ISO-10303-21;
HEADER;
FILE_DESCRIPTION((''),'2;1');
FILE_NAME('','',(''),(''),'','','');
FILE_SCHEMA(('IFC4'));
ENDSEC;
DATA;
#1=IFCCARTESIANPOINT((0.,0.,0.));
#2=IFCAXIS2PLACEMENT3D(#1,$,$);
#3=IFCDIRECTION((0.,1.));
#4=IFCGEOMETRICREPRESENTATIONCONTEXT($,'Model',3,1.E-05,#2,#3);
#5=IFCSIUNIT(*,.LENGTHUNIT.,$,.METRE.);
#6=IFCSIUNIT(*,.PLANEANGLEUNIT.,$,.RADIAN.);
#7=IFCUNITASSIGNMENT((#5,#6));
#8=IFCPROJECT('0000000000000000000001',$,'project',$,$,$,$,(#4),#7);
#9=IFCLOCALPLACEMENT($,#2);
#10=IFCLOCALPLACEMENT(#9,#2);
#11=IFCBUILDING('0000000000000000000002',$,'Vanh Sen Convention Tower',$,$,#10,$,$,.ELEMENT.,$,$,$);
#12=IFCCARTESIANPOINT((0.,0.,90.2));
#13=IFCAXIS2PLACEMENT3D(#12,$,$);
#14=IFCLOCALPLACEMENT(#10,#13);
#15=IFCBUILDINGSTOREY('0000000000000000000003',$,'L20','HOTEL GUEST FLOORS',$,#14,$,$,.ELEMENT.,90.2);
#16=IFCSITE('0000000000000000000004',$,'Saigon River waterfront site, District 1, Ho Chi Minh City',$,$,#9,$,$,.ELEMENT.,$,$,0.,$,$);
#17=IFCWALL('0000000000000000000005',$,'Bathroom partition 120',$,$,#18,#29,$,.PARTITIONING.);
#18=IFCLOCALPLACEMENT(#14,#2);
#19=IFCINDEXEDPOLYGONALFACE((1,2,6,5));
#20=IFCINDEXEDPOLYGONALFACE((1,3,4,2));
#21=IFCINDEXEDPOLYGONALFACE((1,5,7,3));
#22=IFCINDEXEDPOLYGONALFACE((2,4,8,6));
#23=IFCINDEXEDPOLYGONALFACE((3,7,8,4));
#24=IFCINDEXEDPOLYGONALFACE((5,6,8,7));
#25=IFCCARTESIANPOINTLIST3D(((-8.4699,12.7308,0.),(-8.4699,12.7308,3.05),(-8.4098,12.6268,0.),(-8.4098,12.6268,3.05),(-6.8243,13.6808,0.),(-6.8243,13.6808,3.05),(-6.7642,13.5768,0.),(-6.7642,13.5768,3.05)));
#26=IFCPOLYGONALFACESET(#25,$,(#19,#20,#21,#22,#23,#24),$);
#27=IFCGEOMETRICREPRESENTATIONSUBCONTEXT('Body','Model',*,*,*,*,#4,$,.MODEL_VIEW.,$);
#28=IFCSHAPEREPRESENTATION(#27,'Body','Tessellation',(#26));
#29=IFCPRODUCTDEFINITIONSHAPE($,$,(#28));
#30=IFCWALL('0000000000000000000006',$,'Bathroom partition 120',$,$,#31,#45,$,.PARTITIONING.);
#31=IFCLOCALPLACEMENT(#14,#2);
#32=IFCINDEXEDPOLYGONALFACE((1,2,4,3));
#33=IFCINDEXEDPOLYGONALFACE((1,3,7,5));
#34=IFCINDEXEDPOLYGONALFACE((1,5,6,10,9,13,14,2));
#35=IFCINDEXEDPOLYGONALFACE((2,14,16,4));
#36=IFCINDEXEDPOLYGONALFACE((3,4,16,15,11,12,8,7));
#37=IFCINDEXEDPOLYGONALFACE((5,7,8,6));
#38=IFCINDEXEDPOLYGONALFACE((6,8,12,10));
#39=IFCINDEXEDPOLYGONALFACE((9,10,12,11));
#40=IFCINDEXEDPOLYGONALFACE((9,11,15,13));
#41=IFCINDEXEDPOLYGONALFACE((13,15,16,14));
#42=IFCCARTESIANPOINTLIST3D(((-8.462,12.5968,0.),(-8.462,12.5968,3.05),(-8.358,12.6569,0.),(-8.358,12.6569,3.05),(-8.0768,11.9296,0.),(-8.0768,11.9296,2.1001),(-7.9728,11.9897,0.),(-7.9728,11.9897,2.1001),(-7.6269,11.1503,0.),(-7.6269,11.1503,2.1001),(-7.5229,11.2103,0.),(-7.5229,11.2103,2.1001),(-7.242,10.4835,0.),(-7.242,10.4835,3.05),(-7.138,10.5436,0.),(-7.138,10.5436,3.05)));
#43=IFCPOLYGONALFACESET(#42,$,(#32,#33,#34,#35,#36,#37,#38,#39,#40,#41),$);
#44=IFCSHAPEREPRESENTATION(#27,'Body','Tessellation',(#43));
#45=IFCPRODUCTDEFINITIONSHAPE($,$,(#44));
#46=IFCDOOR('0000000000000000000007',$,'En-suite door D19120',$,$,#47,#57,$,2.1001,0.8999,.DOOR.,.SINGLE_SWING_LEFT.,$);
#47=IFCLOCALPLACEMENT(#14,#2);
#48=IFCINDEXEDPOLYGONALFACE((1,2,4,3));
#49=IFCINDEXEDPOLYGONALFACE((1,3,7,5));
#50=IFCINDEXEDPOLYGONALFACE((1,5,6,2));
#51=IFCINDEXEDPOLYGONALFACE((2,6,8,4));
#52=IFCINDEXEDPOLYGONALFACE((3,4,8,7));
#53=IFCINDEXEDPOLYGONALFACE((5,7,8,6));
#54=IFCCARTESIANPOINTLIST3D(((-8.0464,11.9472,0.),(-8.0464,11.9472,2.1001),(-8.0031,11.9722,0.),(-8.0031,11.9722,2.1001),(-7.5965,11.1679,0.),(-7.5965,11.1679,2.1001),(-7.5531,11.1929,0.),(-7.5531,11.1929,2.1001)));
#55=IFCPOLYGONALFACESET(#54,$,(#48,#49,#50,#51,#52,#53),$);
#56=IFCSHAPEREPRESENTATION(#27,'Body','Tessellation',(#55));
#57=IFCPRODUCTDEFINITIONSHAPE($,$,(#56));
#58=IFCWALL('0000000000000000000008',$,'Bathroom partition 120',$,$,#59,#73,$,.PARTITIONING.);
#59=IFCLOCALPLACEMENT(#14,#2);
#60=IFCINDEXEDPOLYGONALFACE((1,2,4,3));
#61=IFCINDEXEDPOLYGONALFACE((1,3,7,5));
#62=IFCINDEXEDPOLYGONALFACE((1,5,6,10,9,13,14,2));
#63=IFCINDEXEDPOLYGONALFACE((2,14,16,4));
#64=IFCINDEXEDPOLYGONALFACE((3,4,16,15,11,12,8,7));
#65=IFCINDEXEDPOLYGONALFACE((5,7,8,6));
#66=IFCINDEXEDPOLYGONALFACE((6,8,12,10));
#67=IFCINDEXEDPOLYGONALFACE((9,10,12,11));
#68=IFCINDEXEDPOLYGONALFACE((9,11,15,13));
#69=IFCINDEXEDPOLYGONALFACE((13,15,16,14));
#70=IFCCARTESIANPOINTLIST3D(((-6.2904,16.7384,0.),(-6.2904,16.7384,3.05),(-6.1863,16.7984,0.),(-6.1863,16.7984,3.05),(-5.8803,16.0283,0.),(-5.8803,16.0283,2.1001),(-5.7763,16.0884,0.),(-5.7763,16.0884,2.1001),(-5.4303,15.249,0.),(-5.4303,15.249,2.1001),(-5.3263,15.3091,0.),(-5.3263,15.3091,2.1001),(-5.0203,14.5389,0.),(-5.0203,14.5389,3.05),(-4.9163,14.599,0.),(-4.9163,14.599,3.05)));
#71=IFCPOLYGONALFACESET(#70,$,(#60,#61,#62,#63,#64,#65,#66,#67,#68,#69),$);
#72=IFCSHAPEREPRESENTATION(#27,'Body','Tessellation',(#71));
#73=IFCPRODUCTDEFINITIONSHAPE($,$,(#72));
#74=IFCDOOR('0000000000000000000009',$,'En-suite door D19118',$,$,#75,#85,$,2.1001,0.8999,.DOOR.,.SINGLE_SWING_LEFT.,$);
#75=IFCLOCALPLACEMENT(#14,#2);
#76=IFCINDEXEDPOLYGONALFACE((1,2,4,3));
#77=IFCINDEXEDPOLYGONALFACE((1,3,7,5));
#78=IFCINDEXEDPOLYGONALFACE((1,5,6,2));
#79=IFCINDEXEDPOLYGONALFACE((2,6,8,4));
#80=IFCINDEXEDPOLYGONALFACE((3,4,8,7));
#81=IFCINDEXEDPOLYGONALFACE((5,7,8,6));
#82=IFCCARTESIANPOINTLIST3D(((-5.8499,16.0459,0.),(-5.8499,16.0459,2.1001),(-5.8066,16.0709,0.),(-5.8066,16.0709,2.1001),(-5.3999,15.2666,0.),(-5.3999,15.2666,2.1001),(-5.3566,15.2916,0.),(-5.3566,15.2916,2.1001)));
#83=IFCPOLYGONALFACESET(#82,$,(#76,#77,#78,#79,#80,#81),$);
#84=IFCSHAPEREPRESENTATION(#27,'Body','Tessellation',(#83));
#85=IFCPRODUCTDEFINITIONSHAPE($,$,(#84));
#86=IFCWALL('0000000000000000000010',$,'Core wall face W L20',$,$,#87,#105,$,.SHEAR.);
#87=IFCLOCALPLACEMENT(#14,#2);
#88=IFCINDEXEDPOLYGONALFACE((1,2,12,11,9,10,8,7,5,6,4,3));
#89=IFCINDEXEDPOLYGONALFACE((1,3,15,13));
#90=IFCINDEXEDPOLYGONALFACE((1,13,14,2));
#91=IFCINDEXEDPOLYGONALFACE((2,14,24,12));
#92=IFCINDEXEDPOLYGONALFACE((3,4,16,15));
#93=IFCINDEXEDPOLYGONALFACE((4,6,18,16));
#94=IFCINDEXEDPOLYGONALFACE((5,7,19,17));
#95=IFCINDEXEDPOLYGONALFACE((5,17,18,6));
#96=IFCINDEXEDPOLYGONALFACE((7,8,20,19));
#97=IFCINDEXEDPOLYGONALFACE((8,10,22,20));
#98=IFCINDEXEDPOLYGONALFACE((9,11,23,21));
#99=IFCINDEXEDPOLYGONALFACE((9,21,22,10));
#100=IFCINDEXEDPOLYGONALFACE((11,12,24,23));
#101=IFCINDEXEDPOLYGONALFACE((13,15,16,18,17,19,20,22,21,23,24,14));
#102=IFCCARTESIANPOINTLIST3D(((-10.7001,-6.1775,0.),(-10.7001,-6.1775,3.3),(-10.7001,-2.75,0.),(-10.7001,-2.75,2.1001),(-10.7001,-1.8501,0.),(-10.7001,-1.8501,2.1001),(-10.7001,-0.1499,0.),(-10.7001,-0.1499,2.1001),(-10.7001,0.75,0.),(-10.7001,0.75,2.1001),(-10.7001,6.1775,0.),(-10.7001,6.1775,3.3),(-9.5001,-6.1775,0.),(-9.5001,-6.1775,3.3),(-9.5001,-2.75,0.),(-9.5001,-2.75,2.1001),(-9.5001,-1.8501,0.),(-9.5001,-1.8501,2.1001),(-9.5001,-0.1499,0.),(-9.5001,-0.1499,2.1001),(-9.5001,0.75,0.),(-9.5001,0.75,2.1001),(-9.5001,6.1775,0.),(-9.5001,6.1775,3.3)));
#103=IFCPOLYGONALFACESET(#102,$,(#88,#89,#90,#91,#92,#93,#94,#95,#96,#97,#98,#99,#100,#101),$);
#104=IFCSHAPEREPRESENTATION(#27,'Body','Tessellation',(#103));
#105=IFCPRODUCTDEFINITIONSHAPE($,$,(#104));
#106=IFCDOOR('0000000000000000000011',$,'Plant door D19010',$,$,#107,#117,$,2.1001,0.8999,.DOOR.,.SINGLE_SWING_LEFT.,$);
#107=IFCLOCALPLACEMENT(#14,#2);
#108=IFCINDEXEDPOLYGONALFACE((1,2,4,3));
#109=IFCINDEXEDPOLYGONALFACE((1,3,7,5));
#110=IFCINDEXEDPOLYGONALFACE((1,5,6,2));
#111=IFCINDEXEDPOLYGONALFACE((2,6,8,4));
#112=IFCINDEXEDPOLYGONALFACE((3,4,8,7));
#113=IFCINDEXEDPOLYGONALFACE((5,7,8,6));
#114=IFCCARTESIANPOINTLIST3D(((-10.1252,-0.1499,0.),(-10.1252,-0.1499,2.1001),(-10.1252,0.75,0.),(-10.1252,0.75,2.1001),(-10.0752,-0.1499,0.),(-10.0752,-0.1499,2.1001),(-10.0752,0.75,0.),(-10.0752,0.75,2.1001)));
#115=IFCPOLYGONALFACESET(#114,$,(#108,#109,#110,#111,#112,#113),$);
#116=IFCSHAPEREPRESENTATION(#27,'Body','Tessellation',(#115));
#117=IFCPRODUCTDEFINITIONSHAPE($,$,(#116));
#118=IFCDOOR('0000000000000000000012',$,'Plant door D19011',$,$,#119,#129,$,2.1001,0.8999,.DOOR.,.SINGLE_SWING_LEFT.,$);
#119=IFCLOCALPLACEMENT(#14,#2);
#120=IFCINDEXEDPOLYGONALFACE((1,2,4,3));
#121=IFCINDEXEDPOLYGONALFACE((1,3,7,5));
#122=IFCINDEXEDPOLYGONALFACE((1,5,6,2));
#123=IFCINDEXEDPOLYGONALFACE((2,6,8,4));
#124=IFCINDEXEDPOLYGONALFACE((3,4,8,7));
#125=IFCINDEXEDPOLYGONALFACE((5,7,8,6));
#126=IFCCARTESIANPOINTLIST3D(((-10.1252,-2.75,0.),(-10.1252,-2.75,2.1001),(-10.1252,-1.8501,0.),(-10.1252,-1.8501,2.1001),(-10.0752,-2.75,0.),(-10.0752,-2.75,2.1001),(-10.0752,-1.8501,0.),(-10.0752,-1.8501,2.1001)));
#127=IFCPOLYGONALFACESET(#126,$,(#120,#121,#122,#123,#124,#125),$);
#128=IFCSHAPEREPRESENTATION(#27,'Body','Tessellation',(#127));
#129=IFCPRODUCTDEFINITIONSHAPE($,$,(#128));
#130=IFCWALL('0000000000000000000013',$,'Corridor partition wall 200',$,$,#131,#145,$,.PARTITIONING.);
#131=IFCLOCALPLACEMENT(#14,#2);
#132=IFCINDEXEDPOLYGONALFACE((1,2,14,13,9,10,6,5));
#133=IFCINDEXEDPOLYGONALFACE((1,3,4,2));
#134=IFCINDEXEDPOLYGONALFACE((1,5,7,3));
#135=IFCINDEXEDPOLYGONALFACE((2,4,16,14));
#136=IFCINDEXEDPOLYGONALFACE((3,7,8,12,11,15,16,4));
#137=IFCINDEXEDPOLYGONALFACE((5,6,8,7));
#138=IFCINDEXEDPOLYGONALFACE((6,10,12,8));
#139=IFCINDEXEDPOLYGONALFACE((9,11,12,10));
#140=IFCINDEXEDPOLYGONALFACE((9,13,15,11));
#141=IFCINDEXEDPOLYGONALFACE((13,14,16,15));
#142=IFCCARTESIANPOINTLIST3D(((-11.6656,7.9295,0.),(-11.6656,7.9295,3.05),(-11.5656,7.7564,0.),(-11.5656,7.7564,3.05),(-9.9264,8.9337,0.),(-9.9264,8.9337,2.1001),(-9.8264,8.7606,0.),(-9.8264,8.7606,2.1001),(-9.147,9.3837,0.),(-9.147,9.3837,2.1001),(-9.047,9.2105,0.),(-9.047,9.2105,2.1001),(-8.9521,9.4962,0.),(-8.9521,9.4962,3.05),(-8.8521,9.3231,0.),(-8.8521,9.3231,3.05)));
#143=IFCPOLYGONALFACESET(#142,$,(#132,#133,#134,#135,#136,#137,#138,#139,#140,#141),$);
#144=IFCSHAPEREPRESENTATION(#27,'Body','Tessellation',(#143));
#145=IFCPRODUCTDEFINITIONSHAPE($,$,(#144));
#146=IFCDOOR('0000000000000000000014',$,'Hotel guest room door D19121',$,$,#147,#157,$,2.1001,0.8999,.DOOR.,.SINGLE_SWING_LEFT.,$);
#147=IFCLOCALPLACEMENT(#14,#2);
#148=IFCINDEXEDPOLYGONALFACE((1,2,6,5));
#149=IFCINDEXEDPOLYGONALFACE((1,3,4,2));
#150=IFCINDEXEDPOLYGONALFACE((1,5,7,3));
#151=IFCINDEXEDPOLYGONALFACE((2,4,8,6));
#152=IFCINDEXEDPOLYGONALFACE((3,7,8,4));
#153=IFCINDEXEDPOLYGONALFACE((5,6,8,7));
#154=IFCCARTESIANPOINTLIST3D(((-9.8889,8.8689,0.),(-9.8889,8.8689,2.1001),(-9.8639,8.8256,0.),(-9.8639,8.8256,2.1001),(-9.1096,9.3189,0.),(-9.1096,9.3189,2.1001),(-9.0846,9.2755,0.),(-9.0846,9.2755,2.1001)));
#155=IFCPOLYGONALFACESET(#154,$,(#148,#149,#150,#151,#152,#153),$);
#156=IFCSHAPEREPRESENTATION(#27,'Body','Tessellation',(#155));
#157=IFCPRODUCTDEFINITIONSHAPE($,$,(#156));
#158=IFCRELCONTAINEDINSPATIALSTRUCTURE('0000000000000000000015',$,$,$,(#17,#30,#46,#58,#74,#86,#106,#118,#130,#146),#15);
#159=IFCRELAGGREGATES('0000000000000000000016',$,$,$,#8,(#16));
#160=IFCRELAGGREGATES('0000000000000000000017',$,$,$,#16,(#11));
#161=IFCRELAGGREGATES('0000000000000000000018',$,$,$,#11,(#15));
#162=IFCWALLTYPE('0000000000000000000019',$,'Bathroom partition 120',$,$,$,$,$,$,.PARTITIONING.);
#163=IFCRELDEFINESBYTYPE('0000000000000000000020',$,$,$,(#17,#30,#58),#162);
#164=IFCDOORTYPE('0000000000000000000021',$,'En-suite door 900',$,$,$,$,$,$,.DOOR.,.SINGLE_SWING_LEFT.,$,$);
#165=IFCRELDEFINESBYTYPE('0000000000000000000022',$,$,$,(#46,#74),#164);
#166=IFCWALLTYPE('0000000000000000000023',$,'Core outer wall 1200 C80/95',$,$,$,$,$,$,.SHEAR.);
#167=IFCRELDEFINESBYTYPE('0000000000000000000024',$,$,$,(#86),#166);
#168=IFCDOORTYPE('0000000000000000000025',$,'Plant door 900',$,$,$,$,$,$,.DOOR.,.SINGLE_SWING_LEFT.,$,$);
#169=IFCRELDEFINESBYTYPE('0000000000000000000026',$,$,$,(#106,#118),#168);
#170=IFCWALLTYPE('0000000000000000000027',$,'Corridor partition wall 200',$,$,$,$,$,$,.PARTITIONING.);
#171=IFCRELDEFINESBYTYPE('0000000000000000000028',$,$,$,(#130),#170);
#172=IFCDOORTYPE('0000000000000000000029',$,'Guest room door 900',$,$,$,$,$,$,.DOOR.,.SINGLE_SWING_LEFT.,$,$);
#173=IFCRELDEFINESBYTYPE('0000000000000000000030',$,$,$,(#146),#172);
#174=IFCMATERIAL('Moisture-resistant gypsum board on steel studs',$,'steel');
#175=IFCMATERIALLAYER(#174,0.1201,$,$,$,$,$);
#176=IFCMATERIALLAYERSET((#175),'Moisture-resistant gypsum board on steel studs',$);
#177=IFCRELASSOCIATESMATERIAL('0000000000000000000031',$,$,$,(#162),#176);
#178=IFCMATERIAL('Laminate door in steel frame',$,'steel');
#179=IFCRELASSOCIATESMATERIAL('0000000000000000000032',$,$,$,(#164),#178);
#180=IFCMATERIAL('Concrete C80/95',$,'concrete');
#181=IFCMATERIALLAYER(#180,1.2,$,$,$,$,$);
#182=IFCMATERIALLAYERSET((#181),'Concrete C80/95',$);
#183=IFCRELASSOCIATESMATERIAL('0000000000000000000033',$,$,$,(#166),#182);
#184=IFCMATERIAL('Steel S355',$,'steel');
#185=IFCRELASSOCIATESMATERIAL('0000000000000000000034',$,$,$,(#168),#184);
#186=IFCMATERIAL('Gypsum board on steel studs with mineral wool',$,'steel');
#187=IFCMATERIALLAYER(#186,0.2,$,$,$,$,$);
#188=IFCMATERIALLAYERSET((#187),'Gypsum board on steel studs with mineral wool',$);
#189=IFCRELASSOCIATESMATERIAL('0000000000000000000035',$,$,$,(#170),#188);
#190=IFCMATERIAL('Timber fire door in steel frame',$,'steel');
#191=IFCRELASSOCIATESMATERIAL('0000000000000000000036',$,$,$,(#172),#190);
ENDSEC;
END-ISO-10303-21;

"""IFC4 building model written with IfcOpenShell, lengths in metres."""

from ifc_helpers import new_model, si_unit, direction, frame, frame_2d, origin, place, context, subcontext, project, spatial, rectangle, extrude, material, layer, layer_set, type_object, element, fill, save


model = new_model("IFC4")

# Units and contexts
model_context = context("Model", 3, precision=1e-05, world=origin(), true_north=direction((0.0, 1.0)))
body_context = subcontext(model_context, "Body", "Model", "MODEL_VIEW")
ifc_project = project(units=[si_unit("LENGTHUNIT", "METRE"), si_unit("PLANEANGLEUNIT", "RADIAN")], contexts=[model_context])

# Site, building, storey
site_placement = place(None, origin())
site = spatial("IfcSite", under=ifc_project, at=site_placement, Name="Saigon River waterfront site, District 1, Ho Chi Minh City", CompositionType="ELEMENT", RefElevation=0.0)
building_placement = place(site_placement, origin())
building = spatial("IfcBuilding", under=site, at=building_placement, Name="Vanh Sen Convention Tower", CompositionType="ELEMENT")
storey_placement = place(building_placement, frame((0.0, 0.0, 90.2)))
storey = spatial("IfcBuildingStorey", under=building, at=storey_placement, Name="L20", Description="HOTEL GUEST FLOORS", CompositionType="ELEMENT", Elevation=90.2)

# Wall
ifc_material_1 = material(Name="Moisture-resistant gypsum board on steel studs", Category="steel")
ifc_layer_1 = layer(ifc_material_1, 0.1201)
ifc_layer_set_1 = layer_set([ifc_layer_1], Name="Moisture-resistant gypsum board on steel studs")
wall_type_1 = type_object("IfcWallType", Name="Bathroom partition 120", PredefinedType="PARTITIONING", material=ifc_layer_set_1)
wall_1_placement = place(storey_placement, frame((-8.4399, 12.6787, 0.0), z_axis=(0.0, 0.0, 1.0), x_axis=(0.866044, 0.499967, 0.0)))
element("IfcWall", 1, at=wall_1_placement, inside=storey, type_object=wall_type_1, Name="Bathroom partition 120", PredefinedType="PARTITIONING", context=body_context, shape_type="SweptSolid", body=[
    extrude(rectangle(XDim=1.9001, YDim=0.1201, at=frame_2d((0.9502, 0.0))), origin(), (0.0, 0.0, 1.0), 3.05),
])

# Walls, openings, doors
wall_2_placement = place(storey_placement, frame((-7.1899, 10.5134, 0.0), z_axis=(0.0, 0.0, 1.0), x_axis=(-0.499959, 0.866049, 0.0)))
wall_2 = element("IfcWall", 2, at=wall_2_placement, inside=storey, type_object=wall_type_1, Name="Bathroom partition 120", PredefinedType="PARTITIONING", context=body_context, shape_type="SweptSolid", body=[
    extrude(rectangle(XDim=2.4402, YDim=0.1201, at=frame_2d((1.2202, 0.0))), origin(), (0.0, 0.0, 1.0), 3.05),
])
opening_1_placement = place(wall_2_placement, frame((0.77, 0.0, 0.0)))
opening_1 = element("IfcOpeningElement", 3, at=opening_1_placement, cuts=wall_2, PredefinedType="OPENING", context=body_context, shape_type="SweptSolid", body=[
    extrude(rectangle(XDim=0.8999, YDim=2.1001, at=frame_2d((0.45, 1.05))), frame((0.0, 0.0701, 0.0), z_axis=(0.0, -1.0, 0.0), x_axis=(1.0, 0.0, 0.0)), (0.0, 0.0, 1.0), 0.1401),
])
ifc_material_2 = material(Name="Laminate door in steel frame", Category="steel")
door_type_1 = type_object("IfcDoorType", Name="En-suite door 900", OperationType="SINGLE_SWING_LEFT", PredefinedType="DOOR", material=ifc_material_2)
door_1_placement = place(opening_1_placement, origin())
door_1 = element("IfcDoor", 4, at=door_1_placement, inside=storey, type_object=door_type_1, Name="En-suite door D19120", OperationType="SINGLE_SWING_LEFT", OverallHeight=2.1001, OverallWidth=0.8999, PredefinedType="DOOR", context=body_context, shape_type="SweptSolid", body=[
    extrude(rectangle(XDim=0.8999, YDim=2.1001, at=frame_2d((0.45, 1.05))), frame((0.0, 0.0249, 0.0), z_axis=(0.0, -1.0, 0.0), x_axis=(1.0, 0.0, 0.0)), (0.0, 0.0, 1.0), 0.05),
])
fill(opening_1, door_1)
wall_3_placement = place(storey_placement, frame((-4.9683, 14.5688, 0.0), z_axis=(0.0, 0.0, 1.0), x_axis=(-0.500047, 0.865998, 0.0)))
wall_3 = element("IfcWall", 5, at=wall_3_placement, inside=storey, type_object=wall_type_1, Name="Bathroom partition 120", PredefinedType="PARTITIONING", context=body_context, shape_type="SweptSolid", body=[
    extrude(rectangle(XDim=2.5398, YDim=0.1201, at=frame_2d((1.27, 0.0))), origin(), (0.0, 0.0, 1.0), 3.05),
])
opening_2_placement = place(wall_3_placement, frame((0.8201, 0.0, 0.0)))
opening_2 = element("IfcOpeningElement", 6, at=opening_2_placement, cuts=wall_3, PredefinedType="OPENING", context=body_context, shape_type="SweptSolid", body=[
    extrude(rectangle(XDim=0.8999, YDim=2.1001, at=frame_2d((0.45, 1.05))), frame((0.0, 0.0701, 0.0), z_axis=(0.0, -1.0, 0.0), x_axis=(1.0, 0.0, 0.0)), (0.0, 0.0, 1.0), 0.1401),
])
door_2_placement = place(opening_2_placement, origin())
door_2 = element("IfcDoor", 7, at=door_2_placement, inside=storey, type_object=door_type_1, Name="En-suite door D19118", OperationType="SINGLE_SWING_LEFT", OverallHeight=2.1001, OverallWidth=0.8999, PredefinedType="DOOR", context=body_context, shape_type="SweptSolid", body=[
    extrude(rectangle(XDim=0.8999, YDim=2.1001, at=frame_2d((0.45, 1.05))), frame((0.0, 0.0249, 0.0), z_axis=(0.0, -1.0, 0.0), x_axis=(1.0, 0.0, 0.0)), (0.0, 0.0, 1.0), 0.05),
])
fill(opening_2, door_2)

# Wall, openings, doors
ifc_material_3 = material(Name="Concrete C80/95", Category="concrete")
ifc_layer_2 = layer(ifc_material_3, 1.2)
ifc_layer_set_2 = layer_set([ifc_layer_2], Name="Concrete C80/95")
wall_type_2 = type_object("IfcWallType", Name="Core outer wall 1200 C80/95", PredefinedType="SHEAR", material=ifc_layer_set_2)
wall_4_placement = place(storey_placement, frame((-10.1001, 6.1775, 0.0), z_axis=(0.0, 0.0, 1.0), x_axis=(0.0, -1.0, 0.0)))
wall_4 = element("IfcWall", 8, at=wall_4_placement, inside=storey, type_object=wall_type_2, Name="Core wall face W L20", PredefinedType="SHEAR", context=body_context, shape_type="SweptSolid", body=[
    extrude(rectangle(XDim=12.355, YDim=1.2, at=frame_2d((6.1775, 0.0))), origin(), (0.0, 0.0, 1.0), 3.3),
])
opening_3_placement = place(wall_4_placement, frame((5.4275, 0.0, 0.0)))
opening_3 = element("IfcOpeningElement", 9, at=opening_3_placement, cuts=wall_4, PredefinedType="OPENING", context=body_context, shape_type="SweptSolid", body=[
    extrude(rectangle(XDim=0.8999, YDim=2.1001, at=frame_2d((0.45, 1.05))), frame((0.0, 0.6099, 0.0), z_axis=(0.0, -1.0, 0.0), x_axis=(1.0, 0.0, 0.0)), (0.0, 0.0, 1.0), 1.22),
])
opening_4_placement = place(wall_4_placement, frame((8.0276, 0.0, 0.0)))
opening_4 = element("IfcOpeningElement", 10, at=opening_4_placement, cuts=wall_4, PredefinedType="OPENING", context=body_context, shape_type="SweptSolid", body=[
    extrude(rectangle(XDim=0.8999, YDim=2.1001, at=frame_2d((0.45, 1.05))), frame((0.0, 0.6099, 0.0), z_axis=(0.0, -1.0, 0.0), x_axis=(1.0, 0.0, 0.0)), (0.0, 0.0, 1.0), 1.22),
])
ifc_material_4 = material(Name="Steel S355", Category="steel")
door_type_2 = type_object("IfcDoorType", Name="Plant door 900", OperationType="SINGLE_SWING_LEFT", PredefinedType="DOOR", material=ifc_material_4)
door_3_placement = place(opening_3_placement, origin())
door_3 = element("IfcDoor", 11, at=door_3_placement, inside=storey, type_object=door_type_2, Name="Plant door D19010", OperationType="SINGLE_SWING_LEFT", OverallHeight=2.1001, OverallWidth=0.8999, PredefinedType="DOOR", context=body_context, shape_type="SweptSolid", body=[
    extrude(rectangle(XDim=0.8999, YDim=2.1001, at=frame_2d((0.45, 1.05))), frame((0.0, 0.0249, 0.0), z_axis=(0.0, -1.0, 0.0), x_axis=(1.0, 0.0, 0.0)), (0.0, 0.0, 1.0), 0.05),
])
fill(opening_3, door_3)
door_4_placement = place(opening_4_placement, origin())
door_4 = element("IfcDoor", 12, at=door_4_placement, inside=storey, type_object=door_type_2, Name="Plant door D19011", OperationType="SINGLE_SWING_LEFT", OverallHeight=2.1001, OverallWidth=0.8999, PredefinedType="DOOR", context=body_context, shape_type="SweptSolid", body=[
    extrude(rectangle(XDim=0.8999, YDim=2.1001, at=frame_2d((0.45, 1.05))), frame((0.0, 0.0249, 0.0), z_axis=(0.0, -1.0, 0.0), x_axis=(1.0, 0.0, 0.0)), (0.0, 0.0, 1.0), 0.05),
])
fill(opening_4, door_4)

# Wall, opening, door
ifc_material_5 = material(Name="Gypsum board on steel studs with mineral wool", Category="steel")
ifc_layer_3 = layer(ifc_material_5, 0.2)
ifc_layer_set_3 = layer_set([ifc_layer_3], Name="Gypsum board on steel studs with mineral wool")
wall_type_3 = type_object("IfcWallType", Name="Corridor partition wall 200", PredefinedType="PARTITIONING", material=ifc_layer_set_3)
wall_5_placement = place(storey_placement, frame((-8.9021, 9.4097, 0.0), z_axis=(0.0, 0.0, 1.0), x_axis=(-0.866014, -0.500019, 0.0)))
wall_5 = element("IfcWall", 13, at=wall_5_placement, inside=storey, type_object=wall_type_3, Name="Corridor partition wall 200", PredefinedType="PARTITIONING", context=body_context, shape_type="SweptSolid", body=[
    extrude(rectangle(XDim=3.1333, YDim=0.2, at=frame_2d((1.5667, 0.0))), origin(), (0.0, 0.0, 1.0), 3.05),
])
opening_5_placement = place(wall_5_placement, frame((0.2251, 0.0, 0.0)))
opening_5 = element("IfcOpeningElement", 14, at=opening_5_placement, cuts=wall_5, PredefinedType="OPENING", context=body_context, shape_type="SweptSolid", body=[
    extrude(rectangle(XDim=0.8999, YDim=2.1001, at=frame_2d((0.45, 1.05))), frame((0.0, 0.1099, 0.0), z_axis=(0.0, -1.0, 0.0), x_axis=(1.0, 0.0, 0.0)), (0.0, 0.0, 1.0), 0.22),
])
ifc_material_6 = material(Name="Timber fire door in steel frame", Category="steel")
door_type_3 = type_object("IfcDoorType", Name="Guest room door 900", OperationType="SINGLE_SWING_LEFT", PredefinedType="DOOR", material=ifc_material_6)
door_5_placement = place(opening_5_placement, origin())
door_5 = element("IfcDoor", 15, at=door_5_placement, inside=storey, type_object=door_type_3, Name="Hotel guest room door D19121", OperationType="SINGLE_SWING_LEFT", OverallHeight=2.1001, OverallWidth=0.8999, PredefinedType="DOOR", context=body_context, shape_type="SweptSolid", body=[
    extrude(rectangle(XDim=0.8999, YDim=2.1001, at=frame_2d((0.45, 1.05))), frame((0.0, 0.0249, 0.0), z_axis=(0.0, -1.0, 0.0), x_axis=(1.0, 0.0, 0.0)), (0.0, 0.0, 1.0), 0.05),
])
fill(opening_5, door_5)

save(model, "model.ifc")
